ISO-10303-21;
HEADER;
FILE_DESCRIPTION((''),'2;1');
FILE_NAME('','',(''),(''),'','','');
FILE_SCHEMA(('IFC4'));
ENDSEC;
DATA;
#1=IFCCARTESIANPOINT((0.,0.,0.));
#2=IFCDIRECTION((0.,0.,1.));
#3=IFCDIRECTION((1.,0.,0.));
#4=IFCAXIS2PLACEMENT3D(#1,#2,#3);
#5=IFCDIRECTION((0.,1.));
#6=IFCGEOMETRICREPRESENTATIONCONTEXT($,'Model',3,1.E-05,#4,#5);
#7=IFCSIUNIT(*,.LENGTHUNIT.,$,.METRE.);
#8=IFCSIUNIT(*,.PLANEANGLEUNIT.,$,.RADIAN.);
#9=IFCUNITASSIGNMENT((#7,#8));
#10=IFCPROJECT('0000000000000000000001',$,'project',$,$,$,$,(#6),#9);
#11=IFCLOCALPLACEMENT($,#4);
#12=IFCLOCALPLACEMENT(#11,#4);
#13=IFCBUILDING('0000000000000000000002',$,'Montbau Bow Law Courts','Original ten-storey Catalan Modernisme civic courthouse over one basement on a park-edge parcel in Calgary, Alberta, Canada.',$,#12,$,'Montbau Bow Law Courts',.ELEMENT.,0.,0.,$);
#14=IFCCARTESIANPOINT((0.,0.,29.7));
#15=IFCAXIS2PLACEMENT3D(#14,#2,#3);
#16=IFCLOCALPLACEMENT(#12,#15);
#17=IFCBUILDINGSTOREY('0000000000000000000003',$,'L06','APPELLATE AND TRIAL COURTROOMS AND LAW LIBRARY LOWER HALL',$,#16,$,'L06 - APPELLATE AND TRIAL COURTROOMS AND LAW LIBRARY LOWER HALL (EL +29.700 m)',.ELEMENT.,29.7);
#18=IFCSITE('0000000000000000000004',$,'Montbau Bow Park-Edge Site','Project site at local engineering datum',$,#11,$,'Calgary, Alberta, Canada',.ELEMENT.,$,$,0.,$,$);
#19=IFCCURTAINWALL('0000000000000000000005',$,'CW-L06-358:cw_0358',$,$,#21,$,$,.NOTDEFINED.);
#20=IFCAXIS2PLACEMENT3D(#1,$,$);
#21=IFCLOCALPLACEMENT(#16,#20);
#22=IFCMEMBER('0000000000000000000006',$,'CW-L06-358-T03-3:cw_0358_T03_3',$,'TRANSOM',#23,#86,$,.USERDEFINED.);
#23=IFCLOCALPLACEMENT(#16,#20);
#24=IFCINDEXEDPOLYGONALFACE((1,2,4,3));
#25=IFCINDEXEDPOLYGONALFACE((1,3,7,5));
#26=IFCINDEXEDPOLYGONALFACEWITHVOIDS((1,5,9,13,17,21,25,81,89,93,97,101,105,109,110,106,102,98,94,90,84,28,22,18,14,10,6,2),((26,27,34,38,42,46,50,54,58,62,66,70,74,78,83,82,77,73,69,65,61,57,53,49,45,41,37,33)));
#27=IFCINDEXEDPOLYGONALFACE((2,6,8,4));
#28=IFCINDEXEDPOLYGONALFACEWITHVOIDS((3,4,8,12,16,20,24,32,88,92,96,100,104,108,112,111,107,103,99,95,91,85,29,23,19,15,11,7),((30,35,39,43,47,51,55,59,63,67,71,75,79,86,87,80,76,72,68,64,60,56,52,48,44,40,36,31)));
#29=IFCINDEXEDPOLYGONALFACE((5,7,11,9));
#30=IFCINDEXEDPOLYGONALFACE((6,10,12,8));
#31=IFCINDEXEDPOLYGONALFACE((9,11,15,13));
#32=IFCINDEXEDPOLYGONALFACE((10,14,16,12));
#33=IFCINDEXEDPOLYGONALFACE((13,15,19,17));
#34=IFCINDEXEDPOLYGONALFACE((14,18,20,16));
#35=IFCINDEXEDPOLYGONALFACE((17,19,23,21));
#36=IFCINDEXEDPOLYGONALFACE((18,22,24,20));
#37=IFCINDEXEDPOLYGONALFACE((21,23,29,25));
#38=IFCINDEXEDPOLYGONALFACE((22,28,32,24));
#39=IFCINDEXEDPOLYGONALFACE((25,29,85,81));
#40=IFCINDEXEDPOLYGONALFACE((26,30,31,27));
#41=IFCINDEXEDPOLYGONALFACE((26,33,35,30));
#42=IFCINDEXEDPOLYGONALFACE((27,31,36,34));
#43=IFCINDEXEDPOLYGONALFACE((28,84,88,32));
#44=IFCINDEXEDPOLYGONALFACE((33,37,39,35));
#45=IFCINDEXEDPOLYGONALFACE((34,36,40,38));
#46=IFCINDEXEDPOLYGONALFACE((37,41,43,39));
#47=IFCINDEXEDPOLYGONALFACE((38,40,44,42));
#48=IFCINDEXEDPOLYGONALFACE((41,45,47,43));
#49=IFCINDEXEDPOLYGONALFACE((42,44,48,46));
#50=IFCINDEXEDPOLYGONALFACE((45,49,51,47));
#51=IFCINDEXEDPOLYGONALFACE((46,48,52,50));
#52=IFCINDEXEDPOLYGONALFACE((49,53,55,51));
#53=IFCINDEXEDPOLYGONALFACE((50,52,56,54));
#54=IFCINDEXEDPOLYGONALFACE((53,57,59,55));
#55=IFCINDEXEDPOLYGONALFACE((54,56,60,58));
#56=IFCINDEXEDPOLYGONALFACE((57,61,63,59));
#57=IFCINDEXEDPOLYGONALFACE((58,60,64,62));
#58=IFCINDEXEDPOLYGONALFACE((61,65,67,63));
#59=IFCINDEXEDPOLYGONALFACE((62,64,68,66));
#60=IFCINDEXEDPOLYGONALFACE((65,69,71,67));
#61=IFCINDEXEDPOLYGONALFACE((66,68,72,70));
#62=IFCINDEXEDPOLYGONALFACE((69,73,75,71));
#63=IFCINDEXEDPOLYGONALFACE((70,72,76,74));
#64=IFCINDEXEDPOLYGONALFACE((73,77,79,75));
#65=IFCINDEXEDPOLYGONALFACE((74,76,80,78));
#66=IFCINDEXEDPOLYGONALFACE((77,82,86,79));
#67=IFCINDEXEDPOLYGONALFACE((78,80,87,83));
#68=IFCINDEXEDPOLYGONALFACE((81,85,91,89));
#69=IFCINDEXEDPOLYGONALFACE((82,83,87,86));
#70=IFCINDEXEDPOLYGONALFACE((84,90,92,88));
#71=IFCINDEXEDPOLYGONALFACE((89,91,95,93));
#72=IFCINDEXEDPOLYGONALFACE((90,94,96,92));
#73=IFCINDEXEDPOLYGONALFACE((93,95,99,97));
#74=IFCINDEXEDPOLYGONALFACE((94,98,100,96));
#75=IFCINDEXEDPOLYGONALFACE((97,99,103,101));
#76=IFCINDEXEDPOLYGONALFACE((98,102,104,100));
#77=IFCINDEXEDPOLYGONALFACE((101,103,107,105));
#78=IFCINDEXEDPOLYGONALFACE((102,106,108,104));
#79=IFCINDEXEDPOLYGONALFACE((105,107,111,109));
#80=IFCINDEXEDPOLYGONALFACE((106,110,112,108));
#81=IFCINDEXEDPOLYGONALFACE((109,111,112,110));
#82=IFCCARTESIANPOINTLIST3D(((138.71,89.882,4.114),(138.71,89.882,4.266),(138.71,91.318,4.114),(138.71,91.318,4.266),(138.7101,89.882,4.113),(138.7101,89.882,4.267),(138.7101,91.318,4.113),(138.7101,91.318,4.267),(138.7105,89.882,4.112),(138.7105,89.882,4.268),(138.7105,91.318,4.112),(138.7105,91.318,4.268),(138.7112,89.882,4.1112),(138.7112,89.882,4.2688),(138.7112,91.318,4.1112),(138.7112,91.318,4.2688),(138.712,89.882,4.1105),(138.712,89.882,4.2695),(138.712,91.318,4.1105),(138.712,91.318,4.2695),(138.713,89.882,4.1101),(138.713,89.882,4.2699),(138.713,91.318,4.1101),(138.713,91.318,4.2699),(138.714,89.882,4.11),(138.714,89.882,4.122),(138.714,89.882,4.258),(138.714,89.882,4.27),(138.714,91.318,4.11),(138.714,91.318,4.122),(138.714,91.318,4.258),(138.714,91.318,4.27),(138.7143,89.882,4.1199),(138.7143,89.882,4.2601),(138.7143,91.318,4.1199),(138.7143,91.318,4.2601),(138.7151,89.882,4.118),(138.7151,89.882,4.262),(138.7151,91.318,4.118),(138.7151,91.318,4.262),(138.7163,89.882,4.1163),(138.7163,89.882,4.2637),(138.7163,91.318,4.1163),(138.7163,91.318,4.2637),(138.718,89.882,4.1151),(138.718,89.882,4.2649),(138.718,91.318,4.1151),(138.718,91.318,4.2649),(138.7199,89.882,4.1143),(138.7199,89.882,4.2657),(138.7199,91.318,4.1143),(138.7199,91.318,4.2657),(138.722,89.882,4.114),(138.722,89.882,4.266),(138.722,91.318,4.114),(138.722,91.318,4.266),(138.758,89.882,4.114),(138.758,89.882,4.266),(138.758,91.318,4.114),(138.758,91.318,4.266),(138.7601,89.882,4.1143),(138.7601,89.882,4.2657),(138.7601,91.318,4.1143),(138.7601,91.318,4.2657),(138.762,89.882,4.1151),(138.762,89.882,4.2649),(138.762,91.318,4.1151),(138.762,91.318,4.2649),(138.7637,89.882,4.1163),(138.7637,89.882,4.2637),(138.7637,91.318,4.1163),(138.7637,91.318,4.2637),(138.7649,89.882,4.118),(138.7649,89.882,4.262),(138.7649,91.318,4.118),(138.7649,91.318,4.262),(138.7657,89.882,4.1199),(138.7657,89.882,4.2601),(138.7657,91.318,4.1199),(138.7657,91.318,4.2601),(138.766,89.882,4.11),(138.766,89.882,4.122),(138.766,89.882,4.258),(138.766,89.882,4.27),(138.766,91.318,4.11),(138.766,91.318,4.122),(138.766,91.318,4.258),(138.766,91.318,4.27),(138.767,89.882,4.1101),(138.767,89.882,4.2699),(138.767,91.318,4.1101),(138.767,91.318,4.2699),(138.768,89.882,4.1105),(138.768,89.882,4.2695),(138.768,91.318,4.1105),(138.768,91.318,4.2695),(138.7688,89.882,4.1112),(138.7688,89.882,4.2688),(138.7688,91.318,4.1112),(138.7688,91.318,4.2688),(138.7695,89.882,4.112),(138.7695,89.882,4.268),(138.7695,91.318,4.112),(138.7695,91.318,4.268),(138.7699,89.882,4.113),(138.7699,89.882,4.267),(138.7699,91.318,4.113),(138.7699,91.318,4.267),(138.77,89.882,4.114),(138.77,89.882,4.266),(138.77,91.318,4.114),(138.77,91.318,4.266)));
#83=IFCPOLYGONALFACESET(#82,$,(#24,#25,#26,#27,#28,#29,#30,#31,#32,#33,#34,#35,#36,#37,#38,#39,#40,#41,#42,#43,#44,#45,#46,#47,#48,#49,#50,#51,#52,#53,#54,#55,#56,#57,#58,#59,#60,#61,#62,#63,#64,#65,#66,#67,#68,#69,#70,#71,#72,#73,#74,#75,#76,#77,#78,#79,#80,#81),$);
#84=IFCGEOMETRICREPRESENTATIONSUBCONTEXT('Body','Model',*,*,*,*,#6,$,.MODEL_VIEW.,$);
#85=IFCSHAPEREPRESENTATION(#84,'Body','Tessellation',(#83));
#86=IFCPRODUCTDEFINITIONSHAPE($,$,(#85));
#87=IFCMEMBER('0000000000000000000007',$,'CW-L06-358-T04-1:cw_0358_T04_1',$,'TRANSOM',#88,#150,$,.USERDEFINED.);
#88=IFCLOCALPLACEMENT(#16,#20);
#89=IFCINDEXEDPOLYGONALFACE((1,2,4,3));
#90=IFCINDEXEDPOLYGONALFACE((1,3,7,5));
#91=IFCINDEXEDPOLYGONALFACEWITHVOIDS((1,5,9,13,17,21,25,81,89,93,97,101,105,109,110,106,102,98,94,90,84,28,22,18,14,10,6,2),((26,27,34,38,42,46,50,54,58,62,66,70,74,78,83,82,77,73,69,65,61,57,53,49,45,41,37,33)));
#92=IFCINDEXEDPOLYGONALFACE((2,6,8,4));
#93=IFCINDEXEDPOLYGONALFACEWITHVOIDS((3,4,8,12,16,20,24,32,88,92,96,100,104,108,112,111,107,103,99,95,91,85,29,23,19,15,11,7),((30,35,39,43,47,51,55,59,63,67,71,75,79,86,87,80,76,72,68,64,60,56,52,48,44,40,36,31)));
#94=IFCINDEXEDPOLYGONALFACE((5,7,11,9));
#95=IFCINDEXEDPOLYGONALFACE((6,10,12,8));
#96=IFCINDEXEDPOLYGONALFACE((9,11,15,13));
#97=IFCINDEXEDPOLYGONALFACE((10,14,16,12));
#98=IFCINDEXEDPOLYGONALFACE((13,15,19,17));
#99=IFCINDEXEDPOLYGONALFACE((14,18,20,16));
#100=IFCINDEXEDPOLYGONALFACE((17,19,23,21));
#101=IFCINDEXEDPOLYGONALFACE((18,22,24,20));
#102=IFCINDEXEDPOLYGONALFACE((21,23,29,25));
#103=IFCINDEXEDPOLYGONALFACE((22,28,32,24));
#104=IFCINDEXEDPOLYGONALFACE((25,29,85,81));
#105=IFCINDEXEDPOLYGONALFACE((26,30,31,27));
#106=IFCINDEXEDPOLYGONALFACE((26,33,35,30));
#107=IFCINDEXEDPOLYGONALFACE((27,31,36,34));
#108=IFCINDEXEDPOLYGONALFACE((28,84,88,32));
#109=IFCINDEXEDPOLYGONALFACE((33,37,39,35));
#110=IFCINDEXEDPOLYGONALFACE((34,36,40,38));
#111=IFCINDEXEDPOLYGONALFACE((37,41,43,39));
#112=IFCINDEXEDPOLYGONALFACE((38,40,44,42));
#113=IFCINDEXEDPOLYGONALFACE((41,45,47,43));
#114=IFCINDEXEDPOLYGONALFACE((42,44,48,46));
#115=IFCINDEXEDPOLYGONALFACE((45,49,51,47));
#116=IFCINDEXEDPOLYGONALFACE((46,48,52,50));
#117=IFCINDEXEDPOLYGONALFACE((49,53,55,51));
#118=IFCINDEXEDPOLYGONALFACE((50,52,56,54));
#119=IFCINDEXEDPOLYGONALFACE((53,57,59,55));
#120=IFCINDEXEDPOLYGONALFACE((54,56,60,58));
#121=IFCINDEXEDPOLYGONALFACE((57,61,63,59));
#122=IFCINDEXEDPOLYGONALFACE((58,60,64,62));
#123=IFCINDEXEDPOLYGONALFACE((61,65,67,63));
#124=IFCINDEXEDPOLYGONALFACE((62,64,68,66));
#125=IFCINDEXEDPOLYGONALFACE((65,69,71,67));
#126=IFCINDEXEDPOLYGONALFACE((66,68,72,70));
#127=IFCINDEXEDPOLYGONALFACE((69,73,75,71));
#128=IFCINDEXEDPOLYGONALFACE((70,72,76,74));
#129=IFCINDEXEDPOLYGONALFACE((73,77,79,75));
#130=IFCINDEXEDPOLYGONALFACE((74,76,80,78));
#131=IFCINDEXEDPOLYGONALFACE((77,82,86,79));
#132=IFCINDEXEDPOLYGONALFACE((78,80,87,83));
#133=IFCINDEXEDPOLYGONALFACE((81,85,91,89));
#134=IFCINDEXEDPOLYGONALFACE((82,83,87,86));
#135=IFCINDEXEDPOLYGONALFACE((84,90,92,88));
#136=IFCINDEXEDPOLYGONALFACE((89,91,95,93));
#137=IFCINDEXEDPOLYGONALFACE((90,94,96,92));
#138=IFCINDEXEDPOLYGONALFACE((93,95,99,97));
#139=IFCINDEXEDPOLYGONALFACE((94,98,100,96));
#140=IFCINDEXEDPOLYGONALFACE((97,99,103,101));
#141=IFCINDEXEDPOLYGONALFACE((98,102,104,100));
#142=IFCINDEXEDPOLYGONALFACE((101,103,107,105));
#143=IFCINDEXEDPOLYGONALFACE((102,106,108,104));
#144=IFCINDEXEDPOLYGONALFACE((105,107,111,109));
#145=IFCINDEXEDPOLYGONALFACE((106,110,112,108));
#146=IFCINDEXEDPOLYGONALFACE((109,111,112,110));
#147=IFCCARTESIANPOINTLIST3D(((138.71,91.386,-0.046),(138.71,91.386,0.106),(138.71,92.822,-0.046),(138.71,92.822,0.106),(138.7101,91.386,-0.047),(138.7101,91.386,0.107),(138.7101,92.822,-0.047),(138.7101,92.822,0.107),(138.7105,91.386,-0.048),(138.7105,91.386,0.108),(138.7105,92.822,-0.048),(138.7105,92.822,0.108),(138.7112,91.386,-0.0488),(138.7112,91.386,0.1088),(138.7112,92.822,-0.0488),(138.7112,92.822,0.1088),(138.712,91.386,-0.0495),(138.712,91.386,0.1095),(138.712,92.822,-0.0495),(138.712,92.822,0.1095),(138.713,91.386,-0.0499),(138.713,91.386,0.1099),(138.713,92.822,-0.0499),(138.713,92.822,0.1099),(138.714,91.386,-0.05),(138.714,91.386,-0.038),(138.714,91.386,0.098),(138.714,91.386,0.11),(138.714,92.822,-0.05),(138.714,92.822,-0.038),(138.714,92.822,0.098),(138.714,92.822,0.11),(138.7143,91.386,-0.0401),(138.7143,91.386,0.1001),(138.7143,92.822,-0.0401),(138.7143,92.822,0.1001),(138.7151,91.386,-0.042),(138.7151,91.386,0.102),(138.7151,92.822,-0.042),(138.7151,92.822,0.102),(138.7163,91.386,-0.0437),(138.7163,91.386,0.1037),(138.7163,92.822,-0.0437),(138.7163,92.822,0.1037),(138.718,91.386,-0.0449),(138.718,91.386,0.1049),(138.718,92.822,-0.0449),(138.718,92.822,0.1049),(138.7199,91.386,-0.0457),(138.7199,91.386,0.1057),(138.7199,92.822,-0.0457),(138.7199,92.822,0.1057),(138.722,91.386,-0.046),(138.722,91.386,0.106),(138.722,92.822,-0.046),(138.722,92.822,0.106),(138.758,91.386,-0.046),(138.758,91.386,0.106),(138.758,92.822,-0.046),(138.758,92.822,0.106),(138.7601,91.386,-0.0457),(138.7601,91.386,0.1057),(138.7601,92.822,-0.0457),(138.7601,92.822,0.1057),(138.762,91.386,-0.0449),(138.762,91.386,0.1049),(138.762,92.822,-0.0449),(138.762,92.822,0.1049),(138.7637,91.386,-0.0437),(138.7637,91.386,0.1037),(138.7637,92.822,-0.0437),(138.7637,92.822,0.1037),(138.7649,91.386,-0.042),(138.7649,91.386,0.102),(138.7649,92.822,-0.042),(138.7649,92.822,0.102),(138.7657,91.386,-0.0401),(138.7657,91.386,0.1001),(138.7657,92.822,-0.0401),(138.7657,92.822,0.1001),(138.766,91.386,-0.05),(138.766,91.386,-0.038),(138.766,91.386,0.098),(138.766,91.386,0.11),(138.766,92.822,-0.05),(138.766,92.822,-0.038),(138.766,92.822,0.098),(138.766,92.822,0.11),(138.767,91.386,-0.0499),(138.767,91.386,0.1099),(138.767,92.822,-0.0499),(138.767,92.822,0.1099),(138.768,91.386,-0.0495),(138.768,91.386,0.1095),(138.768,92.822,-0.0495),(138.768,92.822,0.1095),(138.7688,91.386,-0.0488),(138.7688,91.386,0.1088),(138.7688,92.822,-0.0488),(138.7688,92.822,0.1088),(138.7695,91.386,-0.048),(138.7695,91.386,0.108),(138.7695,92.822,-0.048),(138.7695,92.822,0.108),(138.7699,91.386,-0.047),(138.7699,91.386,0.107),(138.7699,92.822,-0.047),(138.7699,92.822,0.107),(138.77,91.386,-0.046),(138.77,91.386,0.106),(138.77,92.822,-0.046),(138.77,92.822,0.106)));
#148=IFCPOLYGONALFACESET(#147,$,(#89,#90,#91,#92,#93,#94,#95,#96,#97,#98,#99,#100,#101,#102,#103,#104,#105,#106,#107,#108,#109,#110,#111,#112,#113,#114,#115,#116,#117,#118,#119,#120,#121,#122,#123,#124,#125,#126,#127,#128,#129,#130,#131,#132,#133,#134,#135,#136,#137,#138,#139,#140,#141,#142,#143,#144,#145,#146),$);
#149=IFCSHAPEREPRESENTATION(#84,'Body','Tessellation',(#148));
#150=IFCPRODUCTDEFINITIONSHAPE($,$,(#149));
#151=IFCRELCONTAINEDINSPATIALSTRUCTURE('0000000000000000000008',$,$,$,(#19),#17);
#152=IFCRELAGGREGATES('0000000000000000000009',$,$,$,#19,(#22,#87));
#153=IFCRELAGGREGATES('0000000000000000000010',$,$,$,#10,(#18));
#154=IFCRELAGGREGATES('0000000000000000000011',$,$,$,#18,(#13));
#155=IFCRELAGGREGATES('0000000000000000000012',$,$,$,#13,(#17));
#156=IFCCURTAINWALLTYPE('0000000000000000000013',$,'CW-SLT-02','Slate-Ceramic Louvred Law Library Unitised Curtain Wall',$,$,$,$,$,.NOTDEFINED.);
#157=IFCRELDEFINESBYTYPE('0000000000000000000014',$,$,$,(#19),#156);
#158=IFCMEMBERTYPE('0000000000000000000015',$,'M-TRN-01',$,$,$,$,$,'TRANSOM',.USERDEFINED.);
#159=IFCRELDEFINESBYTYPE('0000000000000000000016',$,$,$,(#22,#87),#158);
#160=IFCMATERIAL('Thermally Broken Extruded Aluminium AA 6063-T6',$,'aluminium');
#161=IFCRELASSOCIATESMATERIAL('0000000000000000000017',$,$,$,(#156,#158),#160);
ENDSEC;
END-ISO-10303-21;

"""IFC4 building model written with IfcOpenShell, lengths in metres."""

from ifc_helpers import new_model, si_unit, direction, frame, origin_with_axes, origin_2d_with_axis, place, context, subcontext, project, spatial, hollow_rectangle, extrude, material, material_profile, profile_set, type_object, element, aggregate, save


model = new_model("IFC4")

# Units and contexts
model_context = context("Model", 3, precision=1e-05, world=origin_with_axes(), true_north=direction((0.0, 1.0)))
body_context = subcontext(model_context, "Body", "Model", "MODEL_VIEW")
ifc_project = project(units=[si_unit("LENGTHUNIT", "METRE"), si_unit("PLANEANGLEUNIT", "RADIAN")], contexts=[model_context])

# Site, building, storey
site_placement = place(None, origin_with_axes())
site = spatial("IfcSite", under=ifc_project, at=site_placement, Name="Montbau Bow Park-Edge Site", Description="Project site at local engineering datum", LongName="Calgary, Alberta, Canada", CompositionType="ELEMENT", RefElevation=0.0)
building_placement = place(site_placement, origin_with_axes())
building = spatial("IfcBuilding", under=site, at=building_placement, Name="Montbau Bow Law Courts", Description="Original ten-storey Catalan Modernisme civic courthouse over one basement on a park-edge parcel in Calgary, Alberta, Canada.", LongName="Montbau Bow Law Courts", CompositionType="ELEMENT", ElevationOfRefHeight=0.0, ElevationOfTerrain=0.0)
storey_placement = place(building_placement, frame((0.0, 0.0, 29.7), z_axis=(0.0, 0.0, 1.0), x_axis=(1.0, 0.0, 0.0)))
storey = spatial("IfcBuildingStorey", under=building, at=storey_placement, Name="L06", Description="APPELLATE AND TRIAL COURTROOMS AND LAW LIBRARY LOWER HALL", LongName="L06 - APPELLATE AND TRIAL COURTROOMS AND LAW LIBRARY LOWER HALL (EL +29.700 m)", CompositionType="ELEMENT", Elevation=29.7)

# Shared definitions
ifc_material_1 = material(Name="Thermally Broken Extruded Aluminium AA 6063-T6", Category="aluminium")
curtain_wall_type = type_object("IfcCurtainWallType", Name="CW-SLT-02", Description="Slate-Ceramic Louvred Law Library Unitised Curtain Wall", PredefinedType="NOTDEFINED", material=ifc_material_1)

# Curtain wall, members
curtain_wall_1_placement = place(None, frame((138.74, 86.84, 29.7), z_axis=(0.0, 0.0, 1.0), x_axis=(1.0, 0.0, 0.0)))
curtain_wall_1 = element("IfcCurtainWall", 1, at=curtain_wall_1_placement, inside=storey, type_object=curtain_wall_type, Name="CW-L06-358:cw_0358", PredefinedType="NOTDEFINED")
ifc_material_profile_1 = material_profile(ifc_material_1, hollow_rectangle(XDim=0.06, YDim=0.16, WallThickness=0.004, InnerFilletRadius=0.008, OuterFilletRadius=0.004, at=origin_2d_with_axis()), Name="CWT-160X60", Category="Main", Priority=0)
ifc_profile_set_1 = profile_set([ifc_material_profile_1], Name="Thermally Broken Extruded Aluminium AA 6063-T6")
member_type_1 = type_object("IfcMemberType", Name="M-TRN-01", ElementType="TRANSOM", PredefinedType="USERDEFINED", material=ifc_profile_set_1)
member_1_placement = place(None, frame((138.74, 89.882, 33.89), z_axis=(0.0, 1.0, 0.0), x_axis=(-1.0, 0.0, 0.0)))
member_1 = element("IfcMember", 2, at=member_1_placement, type_object=member_type_1, Name="CW-L06-358-T03-3:cw_0358_T03_3", ObjectType="TRANSOM", PredefinedType="USERDEFINED", context=body_context, shape_type="SweptSolid", body=[
    extrude(hollow_rectangle(XDim=0.06, YDim=0.16, WallThickness=0.004, InnerFilletRadius=0.008, OuterFilletRadius=0.004, at=origin_2d_with_axis()), origin_with_axes(), (0.0, 0.0, 1.0), 1.436),
])
member_2_placement = place(None, frame((138.74, 91.386, 29.73), z_axis=(0.0, 1.0, 0.0), x_axis=(-1.0, 0.0, 0.0)))
member_2 = element("IfcMember", 3, at=member_2_placement, type_object=member_type_1, Name="CW-L06-358-T04-1:cw_0358_T04_1", ObjectType="TRANSOM", PredefinedType="USERDEFINED", context=body_context, shape_type="SweptSolid", body=[
    extrude(hollow_rectangle(XDim=0.06, YDim=0.16, WallThickness=0.004, InnerFilletRadius=0.008, OuterFilletRadius=0.004, at=origin_2d_with_axis()), origin_with_axes(), (0.0, 0.0, 1.0), 1.436),
])
aggregate(curtain_wall_1, [member_1, member_2])

save(model, "model.ifc")
